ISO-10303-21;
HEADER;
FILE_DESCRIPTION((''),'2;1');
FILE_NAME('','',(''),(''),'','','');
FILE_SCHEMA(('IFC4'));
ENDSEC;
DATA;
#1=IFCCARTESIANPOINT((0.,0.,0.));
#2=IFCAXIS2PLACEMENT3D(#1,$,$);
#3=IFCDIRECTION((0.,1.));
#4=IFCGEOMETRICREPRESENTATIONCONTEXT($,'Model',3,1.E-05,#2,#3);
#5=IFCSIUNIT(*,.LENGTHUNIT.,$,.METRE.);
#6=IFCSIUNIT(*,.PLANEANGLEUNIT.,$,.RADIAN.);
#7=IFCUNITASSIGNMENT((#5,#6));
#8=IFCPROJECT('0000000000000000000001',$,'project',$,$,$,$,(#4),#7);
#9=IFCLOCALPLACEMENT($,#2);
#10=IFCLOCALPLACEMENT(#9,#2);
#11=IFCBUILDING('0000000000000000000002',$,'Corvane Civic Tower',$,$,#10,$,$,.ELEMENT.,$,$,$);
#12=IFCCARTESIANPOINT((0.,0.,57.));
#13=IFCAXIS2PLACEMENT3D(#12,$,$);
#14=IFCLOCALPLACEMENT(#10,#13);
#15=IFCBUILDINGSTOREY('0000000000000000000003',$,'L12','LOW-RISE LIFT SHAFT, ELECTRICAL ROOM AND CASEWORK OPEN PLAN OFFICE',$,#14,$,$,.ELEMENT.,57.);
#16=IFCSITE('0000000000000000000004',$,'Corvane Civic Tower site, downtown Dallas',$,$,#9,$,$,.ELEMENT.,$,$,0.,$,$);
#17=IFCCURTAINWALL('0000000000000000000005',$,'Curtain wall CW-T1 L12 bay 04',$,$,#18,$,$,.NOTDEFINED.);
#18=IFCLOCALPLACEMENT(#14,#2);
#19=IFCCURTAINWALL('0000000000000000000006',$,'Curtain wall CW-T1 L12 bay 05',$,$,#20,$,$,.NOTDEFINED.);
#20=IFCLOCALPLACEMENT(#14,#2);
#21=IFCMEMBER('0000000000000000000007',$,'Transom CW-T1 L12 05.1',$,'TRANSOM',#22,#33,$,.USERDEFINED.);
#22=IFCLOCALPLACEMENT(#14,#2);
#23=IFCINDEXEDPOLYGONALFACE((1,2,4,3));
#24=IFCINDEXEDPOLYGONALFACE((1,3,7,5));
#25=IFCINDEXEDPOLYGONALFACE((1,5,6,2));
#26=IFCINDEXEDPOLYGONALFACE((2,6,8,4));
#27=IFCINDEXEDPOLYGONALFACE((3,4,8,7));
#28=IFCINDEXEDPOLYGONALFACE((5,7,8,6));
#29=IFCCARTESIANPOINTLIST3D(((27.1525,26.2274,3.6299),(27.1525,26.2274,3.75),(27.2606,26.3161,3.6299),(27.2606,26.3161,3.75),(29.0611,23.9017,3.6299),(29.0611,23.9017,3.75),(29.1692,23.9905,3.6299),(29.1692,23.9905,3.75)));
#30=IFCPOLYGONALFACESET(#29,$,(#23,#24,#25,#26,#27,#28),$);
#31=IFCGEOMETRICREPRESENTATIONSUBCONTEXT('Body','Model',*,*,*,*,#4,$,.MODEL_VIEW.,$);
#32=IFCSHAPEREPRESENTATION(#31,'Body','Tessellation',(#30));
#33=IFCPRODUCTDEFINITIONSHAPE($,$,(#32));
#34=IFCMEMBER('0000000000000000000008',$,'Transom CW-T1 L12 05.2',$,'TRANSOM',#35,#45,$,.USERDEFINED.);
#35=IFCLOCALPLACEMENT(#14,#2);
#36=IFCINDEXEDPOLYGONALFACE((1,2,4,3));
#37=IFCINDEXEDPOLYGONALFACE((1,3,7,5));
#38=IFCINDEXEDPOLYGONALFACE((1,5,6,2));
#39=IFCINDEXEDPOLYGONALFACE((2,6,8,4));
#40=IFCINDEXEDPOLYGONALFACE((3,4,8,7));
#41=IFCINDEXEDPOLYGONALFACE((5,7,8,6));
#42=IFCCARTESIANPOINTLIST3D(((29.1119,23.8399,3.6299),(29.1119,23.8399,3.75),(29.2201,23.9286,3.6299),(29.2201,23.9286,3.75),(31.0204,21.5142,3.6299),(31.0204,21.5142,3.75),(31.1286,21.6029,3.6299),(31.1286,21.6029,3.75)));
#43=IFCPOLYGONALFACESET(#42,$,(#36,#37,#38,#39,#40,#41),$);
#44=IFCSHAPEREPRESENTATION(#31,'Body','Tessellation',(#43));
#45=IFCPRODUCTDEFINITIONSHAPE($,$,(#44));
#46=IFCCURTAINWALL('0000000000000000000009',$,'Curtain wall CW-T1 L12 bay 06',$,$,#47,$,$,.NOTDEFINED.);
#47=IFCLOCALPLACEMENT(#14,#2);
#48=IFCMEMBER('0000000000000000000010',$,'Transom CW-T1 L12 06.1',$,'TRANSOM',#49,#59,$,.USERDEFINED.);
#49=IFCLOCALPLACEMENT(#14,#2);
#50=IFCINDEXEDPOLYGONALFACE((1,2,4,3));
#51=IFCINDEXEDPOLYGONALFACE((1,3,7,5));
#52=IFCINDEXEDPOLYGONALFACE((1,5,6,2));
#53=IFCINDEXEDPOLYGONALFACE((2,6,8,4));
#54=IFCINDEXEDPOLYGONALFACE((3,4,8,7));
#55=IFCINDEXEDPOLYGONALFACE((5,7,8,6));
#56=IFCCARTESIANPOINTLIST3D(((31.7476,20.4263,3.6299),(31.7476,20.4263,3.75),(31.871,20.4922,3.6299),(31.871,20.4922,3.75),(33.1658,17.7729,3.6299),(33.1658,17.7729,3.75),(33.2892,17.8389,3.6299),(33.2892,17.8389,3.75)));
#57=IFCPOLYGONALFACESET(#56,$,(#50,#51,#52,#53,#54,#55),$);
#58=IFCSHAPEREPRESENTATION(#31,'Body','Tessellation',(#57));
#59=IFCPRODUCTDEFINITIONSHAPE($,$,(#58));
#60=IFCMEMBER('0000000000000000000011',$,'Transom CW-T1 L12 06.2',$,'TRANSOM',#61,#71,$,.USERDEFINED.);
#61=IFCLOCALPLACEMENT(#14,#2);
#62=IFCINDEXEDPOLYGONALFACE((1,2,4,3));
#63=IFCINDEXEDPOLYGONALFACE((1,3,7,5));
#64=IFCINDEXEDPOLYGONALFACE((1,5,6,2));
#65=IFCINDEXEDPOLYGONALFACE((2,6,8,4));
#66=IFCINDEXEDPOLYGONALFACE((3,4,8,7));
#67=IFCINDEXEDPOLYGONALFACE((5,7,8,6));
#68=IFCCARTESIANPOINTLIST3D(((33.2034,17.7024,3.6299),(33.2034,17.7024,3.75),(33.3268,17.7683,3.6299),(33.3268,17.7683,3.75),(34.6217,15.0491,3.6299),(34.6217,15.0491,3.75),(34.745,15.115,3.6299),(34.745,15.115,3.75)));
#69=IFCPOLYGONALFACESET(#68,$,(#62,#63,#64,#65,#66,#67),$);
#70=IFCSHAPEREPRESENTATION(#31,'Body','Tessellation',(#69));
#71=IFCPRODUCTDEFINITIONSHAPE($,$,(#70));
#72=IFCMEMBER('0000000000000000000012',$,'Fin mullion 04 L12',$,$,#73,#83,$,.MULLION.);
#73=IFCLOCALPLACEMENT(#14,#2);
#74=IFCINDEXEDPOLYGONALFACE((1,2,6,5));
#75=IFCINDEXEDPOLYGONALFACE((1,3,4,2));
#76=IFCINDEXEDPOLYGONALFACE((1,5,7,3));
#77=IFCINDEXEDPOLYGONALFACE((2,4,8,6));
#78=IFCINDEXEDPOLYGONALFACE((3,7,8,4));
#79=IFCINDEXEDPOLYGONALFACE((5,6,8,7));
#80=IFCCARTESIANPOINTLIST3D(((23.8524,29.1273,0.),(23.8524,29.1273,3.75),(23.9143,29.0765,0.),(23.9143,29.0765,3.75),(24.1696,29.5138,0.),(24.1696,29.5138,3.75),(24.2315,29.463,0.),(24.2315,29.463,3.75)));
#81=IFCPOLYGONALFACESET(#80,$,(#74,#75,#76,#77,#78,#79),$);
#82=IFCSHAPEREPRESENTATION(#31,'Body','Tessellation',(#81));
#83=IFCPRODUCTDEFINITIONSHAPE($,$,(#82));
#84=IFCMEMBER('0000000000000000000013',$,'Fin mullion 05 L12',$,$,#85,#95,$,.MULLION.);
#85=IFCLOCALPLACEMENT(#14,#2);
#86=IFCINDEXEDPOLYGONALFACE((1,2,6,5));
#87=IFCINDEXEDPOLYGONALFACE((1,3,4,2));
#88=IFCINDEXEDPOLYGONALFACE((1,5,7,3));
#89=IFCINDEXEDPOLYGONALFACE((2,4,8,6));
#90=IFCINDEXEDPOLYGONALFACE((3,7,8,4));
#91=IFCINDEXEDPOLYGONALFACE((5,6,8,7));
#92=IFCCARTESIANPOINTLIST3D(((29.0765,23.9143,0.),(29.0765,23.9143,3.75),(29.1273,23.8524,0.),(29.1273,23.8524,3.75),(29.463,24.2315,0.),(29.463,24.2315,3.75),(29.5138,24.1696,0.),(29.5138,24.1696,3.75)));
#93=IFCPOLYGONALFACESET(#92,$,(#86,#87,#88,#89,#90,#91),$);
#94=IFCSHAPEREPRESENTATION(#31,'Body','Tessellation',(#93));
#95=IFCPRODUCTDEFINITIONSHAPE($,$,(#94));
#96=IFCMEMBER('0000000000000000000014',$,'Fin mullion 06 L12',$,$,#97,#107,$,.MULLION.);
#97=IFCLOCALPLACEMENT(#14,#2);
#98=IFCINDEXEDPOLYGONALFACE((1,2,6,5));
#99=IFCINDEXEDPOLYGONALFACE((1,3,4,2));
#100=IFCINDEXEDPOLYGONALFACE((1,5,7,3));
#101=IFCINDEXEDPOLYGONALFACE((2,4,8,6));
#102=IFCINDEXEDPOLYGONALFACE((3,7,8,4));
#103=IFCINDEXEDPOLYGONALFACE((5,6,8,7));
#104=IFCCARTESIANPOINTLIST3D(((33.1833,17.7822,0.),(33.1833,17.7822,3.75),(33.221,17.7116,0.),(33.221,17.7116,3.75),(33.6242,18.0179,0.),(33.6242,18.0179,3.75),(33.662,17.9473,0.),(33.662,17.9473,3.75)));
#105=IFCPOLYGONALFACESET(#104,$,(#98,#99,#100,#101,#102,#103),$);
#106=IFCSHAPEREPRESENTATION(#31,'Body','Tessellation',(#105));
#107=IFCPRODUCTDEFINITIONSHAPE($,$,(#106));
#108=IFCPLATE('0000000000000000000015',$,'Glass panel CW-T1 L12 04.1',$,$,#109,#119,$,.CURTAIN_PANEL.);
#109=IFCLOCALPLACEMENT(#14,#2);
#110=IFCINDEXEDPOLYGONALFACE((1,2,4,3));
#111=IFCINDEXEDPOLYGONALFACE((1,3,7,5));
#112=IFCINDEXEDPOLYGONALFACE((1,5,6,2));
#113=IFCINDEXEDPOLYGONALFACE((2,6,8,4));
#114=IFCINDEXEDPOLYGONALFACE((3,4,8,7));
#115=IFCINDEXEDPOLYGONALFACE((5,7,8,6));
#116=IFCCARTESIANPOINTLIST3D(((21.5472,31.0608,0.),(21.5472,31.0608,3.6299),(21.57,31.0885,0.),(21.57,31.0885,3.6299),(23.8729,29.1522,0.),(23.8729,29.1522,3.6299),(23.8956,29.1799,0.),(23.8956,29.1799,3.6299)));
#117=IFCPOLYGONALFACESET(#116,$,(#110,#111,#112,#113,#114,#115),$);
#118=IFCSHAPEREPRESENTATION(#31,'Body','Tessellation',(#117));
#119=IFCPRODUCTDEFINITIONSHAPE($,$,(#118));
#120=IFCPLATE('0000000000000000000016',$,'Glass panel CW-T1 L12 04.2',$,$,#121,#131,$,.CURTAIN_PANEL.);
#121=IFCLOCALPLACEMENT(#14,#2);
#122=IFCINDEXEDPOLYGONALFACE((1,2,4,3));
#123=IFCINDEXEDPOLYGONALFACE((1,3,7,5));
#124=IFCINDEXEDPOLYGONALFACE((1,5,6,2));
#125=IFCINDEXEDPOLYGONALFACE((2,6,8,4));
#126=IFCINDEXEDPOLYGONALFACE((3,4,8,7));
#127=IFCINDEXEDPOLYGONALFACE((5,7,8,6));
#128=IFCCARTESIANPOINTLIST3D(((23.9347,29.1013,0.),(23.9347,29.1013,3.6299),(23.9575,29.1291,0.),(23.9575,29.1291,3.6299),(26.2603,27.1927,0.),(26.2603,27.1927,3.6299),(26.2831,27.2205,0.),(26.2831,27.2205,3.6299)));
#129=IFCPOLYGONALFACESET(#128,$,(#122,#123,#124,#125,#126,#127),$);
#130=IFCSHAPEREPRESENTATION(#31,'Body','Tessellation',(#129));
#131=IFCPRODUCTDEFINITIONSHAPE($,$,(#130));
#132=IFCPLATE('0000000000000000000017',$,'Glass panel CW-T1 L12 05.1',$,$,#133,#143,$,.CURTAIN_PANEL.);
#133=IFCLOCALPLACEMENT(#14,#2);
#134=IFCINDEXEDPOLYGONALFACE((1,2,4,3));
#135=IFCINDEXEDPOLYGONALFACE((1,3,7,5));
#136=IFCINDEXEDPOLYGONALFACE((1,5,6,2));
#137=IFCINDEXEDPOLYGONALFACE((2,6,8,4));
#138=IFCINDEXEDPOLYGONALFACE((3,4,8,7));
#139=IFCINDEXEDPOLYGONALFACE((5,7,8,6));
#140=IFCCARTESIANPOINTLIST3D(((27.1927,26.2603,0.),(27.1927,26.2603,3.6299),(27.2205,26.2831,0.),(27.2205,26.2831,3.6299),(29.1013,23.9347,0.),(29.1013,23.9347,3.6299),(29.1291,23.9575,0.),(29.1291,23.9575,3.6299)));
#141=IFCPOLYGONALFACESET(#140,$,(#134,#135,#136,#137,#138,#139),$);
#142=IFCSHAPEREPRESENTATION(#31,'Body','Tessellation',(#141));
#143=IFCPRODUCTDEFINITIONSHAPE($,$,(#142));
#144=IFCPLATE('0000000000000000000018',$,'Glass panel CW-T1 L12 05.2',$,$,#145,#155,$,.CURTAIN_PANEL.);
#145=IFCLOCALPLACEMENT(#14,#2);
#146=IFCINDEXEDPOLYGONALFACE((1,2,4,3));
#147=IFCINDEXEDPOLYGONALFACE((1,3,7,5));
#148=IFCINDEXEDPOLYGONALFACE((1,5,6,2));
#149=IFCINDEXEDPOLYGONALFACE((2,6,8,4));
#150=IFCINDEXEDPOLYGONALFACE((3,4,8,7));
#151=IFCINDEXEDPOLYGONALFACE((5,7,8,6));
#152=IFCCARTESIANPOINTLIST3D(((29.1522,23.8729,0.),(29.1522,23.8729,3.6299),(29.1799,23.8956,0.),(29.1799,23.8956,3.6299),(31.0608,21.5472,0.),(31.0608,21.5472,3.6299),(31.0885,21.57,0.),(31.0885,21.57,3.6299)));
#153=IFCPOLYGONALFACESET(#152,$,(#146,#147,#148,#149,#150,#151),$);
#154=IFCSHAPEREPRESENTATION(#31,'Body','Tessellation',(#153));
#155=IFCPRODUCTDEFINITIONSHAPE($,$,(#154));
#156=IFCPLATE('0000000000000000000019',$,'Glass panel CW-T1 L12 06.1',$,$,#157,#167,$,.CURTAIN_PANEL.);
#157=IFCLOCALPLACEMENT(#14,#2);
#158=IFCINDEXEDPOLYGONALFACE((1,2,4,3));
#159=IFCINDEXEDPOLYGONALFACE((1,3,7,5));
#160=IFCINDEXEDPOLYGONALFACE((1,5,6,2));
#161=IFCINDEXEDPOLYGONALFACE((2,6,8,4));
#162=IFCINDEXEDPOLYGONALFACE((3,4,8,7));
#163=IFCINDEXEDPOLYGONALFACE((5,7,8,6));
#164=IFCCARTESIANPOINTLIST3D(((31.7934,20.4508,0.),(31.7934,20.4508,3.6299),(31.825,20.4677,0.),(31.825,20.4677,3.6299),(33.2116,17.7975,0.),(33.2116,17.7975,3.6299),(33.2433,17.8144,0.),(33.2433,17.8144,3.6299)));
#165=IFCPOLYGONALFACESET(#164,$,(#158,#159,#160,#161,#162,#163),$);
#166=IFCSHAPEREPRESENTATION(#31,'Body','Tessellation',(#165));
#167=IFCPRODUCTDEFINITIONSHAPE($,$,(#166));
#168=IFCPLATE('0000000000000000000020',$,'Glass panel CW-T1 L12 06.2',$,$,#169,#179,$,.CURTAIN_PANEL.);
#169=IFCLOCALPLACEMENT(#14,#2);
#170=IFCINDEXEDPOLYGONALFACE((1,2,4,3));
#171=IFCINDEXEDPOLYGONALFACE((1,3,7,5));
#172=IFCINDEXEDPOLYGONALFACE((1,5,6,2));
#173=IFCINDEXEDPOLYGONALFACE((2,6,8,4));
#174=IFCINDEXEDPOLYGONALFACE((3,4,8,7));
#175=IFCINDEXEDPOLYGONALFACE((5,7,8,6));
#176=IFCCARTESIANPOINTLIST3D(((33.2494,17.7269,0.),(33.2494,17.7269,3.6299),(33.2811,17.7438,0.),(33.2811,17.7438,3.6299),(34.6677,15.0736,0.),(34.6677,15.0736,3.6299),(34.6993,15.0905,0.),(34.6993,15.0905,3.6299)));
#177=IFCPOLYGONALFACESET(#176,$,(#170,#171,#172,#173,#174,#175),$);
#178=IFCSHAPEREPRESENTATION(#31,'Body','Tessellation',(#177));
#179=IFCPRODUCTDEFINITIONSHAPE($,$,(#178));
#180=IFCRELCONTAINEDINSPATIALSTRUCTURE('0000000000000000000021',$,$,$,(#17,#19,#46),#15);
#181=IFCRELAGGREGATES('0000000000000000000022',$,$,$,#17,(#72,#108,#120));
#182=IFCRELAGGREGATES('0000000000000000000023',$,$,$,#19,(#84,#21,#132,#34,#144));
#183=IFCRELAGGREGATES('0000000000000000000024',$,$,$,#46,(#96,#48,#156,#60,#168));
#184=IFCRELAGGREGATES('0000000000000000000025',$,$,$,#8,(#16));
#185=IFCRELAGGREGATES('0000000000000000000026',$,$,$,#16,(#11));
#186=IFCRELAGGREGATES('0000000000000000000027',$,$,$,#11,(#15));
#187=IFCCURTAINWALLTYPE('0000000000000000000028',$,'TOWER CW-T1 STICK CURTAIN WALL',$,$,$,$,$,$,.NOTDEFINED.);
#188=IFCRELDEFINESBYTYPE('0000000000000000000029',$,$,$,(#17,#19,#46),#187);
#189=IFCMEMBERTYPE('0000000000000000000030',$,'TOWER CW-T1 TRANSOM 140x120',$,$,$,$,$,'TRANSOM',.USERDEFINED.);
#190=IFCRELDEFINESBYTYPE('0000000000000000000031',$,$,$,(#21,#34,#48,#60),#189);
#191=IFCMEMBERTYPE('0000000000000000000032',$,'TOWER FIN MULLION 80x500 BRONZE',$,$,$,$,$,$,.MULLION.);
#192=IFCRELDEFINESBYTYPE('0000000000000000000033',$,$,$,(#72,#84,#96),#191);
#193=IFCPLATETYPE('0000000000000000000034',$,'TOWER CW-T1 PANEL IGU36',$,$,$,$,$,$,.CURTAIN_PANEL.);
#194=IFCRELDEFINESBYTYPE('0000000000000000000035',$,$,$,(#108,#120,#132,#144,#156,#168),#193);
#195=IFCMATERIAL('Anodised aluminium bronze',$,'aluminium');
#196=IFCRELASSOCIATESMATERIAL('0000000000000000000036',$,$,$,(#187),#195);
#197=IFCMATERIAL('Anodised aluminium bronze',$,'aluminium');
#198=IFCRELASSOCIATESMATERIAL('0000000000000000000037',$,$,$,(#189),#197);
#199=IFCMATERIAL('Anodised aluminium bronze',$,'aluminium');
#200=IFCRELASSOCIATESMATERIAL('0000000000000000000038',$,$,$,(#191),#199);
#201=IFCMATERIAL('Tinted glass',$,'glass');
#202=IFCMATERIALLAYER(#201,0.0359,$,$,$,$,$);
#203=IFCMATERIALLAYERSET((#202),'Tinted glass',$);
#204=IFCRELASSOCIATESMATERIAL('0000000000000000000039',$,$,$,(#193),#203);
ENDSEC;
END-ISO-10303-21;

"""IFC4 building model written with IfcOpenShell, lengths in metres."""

from ifc_helpers import new_model, si_unit, direction, frame, origin, origin_2d, place, context, subcontext, project, spatial, rectangle, extrude, material, layer, layer_set, material_profile, profile_set, type_object, element, aggregate, save


model = new_model("IFC4")

# Units and contexts
model_context = context("Model", 3, precision=1e-05, world=origin(), true_north=direction((0.0, 1.0)))
body_context = subcontext(model_context, "Body", "Model", "MODEL_VIEW")
ifc_project = project(units=[si_unit("LENGTHUNIT", "METRE"), si_unit("PLANEANGLEUNIT", "RADIAN")], contexts=[model_context])

# Site, building, storey
site_placement = place(None, origin())
site = spatial("IfcSite", under=ifc_project, at=site_placement, Name="Corvane Civic Tower site, downtown Dallas", CompositionType="ELEMENT", RefElevation=0.0)
building_placement = place(site_placement, origin())
building = spatial("IfcBuilding", under=site, at=building_placement, Name="Corvane Civic Tower", CompositionType="ELEMENT")
storey_placement = place(building_placement, frame((0.0, 0.0, 57.0)))
storey = spatial("IfcBuildingStorey", under=building, at=storey_placement, Name="L12", Description="LOW-RISE LIFT SHAFT, ELECTRICAL ROOM AND CASEWORK OPEN PLAN OFFICE", CompositionType="ELEMENT", Elevation=57.0)

# Curtain walls, members
ifc_material_1 = material(Name="Anodised aluminium bronze", Category="aluminium")
curtain_wall_type = type_object("IfcCurtainWallType", Name="TOWER CW-T1 STICK CURTAIN WALL", PredefinedType="NOTDEFINED", material=ifc_material_1)
curtain_wall_1_placement = place(storey_placement, origin())
curtain_wall_1 = element("IfcCurtainWall", 1, at=curtain_wall_1_placement, inside=storey, type_object=curtain_wall_type, Name="Curtain wall CW-T1 L12 bay 04", PredefinedType="NOTDEFINED")
ifc_material_2 = material(Name="Anodised aluminium bronze", Category="aluminium")
ifc_material_profile_1 = material_profile(ifc_material_2, rectangle(XDim=0.1399, YDim=0.1201, at=origin_2d()), Name="TOWER CW-T1 TRANSOM 140x120")
ifc_profile_set_1 = profile_set([ifc_material_profile_1], Name="Anodised aluminium bronze")
member_type_1 = type_object("IfcMemberType", Name="TOWER CW-T1 TRANSOM 140x120", ElementType="TRANSOM", PredefinedType="USERDEFINED", material=ifc_profile_set_1)
curtain_wall_2_placement = place(storey_placement, origin())
curtain_wall_2 = element("IfcCurtainWall", 2, at=curtain_wall_2_placement, inside=storey, type_object=curtain_wall_type, Name="Curtain wall CW-T1 L12 bay 05", PredefinedType="NOTDEFINED")
member_1_placement = place(storey_placement, frame((27.2065, 26.2717, 3.6899), z_axis=(0.634404, -0.773002, 0.0), x_axis=(0.773002, 0.634404, 0.0)))
member_1 = element("IfcMember", 3, at=member_1_placement, type_object=member_type_1, Name="Transom CW-T1 L12 05.1", ObjectType="TRANSOM", PredefinedType="USERDEFINED", context=body_context, shape_type="SweptSolid", body=[
    extrude(rectangle(XDim=0.1399, YDim=0.1201, at=origin_2d()), origin(), (0.0, 0.0, 1.0), 3.0085),
])
member_2_placement = place(storey_placement, frame((29.166, 23.8843, 3.6899), z_axis=(0.634355, -0.773042, 0.0), x_axis=(0.773042, 0.634355, 0.0)))
member_2 = element("IfcMember", 4, at=member_2_placement, type_object=member_type_1, Name="Transom CW-T1 L12 05.2", ObjectType="TRANSOM", PredefinedType="USERDEFINED", context=body_context, shape_type="SweptSolid", body=[
    extrude(rectangle(XDim=0.1399, YDim=0.1201, at=origin_2d()), origin(), (0.0, 0.0, 1.0), 3.0085),
])
curtain_wall_3_placement = place(storey_placement, origin())
curtain_wall_3 = element("IfcCurtainWall", 5, at=curtain_wall_3_placement, inside=storey, type_object=curtain_wall_type, Name="Curtain wall CW-T1 L12 bay 06", PredefinedType="NOTDEFINED")
member_3_placement = place(storey_placement, frame((31.8093, 20.4592, 3.6899), z_axis=(0.471393, -0.881924, 0.0), x_axis=(0.881924, 0.471393, 0.0)))
member_3 = element("IfcMember", 6, at=member_3_placement, type_object=member_type_1, Name="Transom CW-T1 L12 06.1", ObjectType="TRANSOM", PredefinedType="USERDEFINED", context=body_context, shape_type="SweptSolid", body=[
    extrude(rectangle(XDim=0.1399, YDim=0.1201, at=origin_2d()), origin(), (0.0, 0.0, 1.0), 3.0085),
])
member_4_placement = place(storey_placement, frame((33.2651, 17.7354, 3.6899), z_axis=(0.471393, -0.881924, 0.0), x_axis=(0.881924, 0.471393, 0.0)))
member_4 = element("IfcMember", 7, at=member_4_placement, type_object=member_type_1, Name="Transom CW-T1 L12 06.2", ObjectType="TRANSOM", PredefinedType="USERDEFINED", context=body_context, shape_type="SweptSolid", body=[
    extrude(rectangle(XDim=0.1399, YDim=0.1201, at=origin_2d()), origin(), (0.0, 0.0, 1.0), 3.0085),
])

# Members
ifc_material_3 = material(Name="Anodised aluminium bronze", Category="aluminium")
ifc_material_profile_2 = material_profile(ifc_material_3, rectangle(XDim=0.0801, YDim=0.5, at=origin_2d()), Name="TOWER FIN MULLION 80x500 BRONZE")
ifc_profile_set_2 = profile_set([ifc_material_profile_2], Name="Anodised aluminium bronze")
member_type_2 = type_object("IfcMemberType", Name="TOWER FIN MULLION 80x500 BRONZE", PredefinedType="MULLION", material=ifc_profile_set_2)
member_5_placement = place(storey_placement, frame((24.042, 29.2952, 0.0), z_axis=(0.0, 0.0, 1.0), x_axis=(0.773007, -0.634397, 0.0)))
member_5 = element("IfcMember", 8, at=member_5_placement, type_object=member_type_2, Name="Fin mullion 04 L12", PredefinedType="MULLION", context=body_context, shape_type="SweptSolid", body=[
    extrude(rectangle(XDim=0.0801, YDim=0.5, at=origin_2d()), origin(), (0.0, 0.0, 1.0), 3.75),
])
member_6_placement = place(storey_placement, frame((29.2952, 24.042, 0.0), z_axis=(0.0, 0.0, 1.0), x_axis=(0.634397, -0.773007, 0.0)))
member_6 = element("IfcMember", 9, at=member_6_placement, type_object=member_type_2, Name="Fin mullion 05 L12", PredefinedType="MULLION", context=body_context, shape_type="SweptSolid", body=[
    extrude(rectangle(XDim=0.0801, YDim=0.5, at=origin_2d()), origin(), (0.0, 0.0, 1.0), 3.75),
])
member_7_placement = place(storey_placement, frame((33.4226, 17.8647, 0.0), z_axis=(0.0, 0.0, 1.0), x_axis=(0.471404, -0.881918, 0.0)))
member_7 = element("IfcMember", 10, at=member_7_placement, type_object=member_type_2, Name="Fin mullion 06 L12", PredefinedType="MULLION", context=body_context, shape_type="SweptSolid", body=[
    extrude(rectangle(XDim=0.0801, YDim=0.5, at=origin_2d()), origin(), (0.0, 0.0, 1.0), 3.75),
])

# Plates
ifc_material_4 = material(Name="Tinted glass", Category="glass")
ifc_layer_1 = layer(ifc_material_4, 0.0359)
ifc_layer_set_1 = layer_set([ifc_layer_1], Name="Tinted glass")
plate_type = type_object("IfcPlateType", Name="TOWER CW-T1 PANEL IGU36", PredefinedType="CURTAIN_PANEL", material=ifc_layer_set_1)
plate_1_placement = place(storey_placement, frame((22.7214, 30.1204, 0.0), z_axis=(0.0, 0.0, 1.0), x_axis=(0.773007, -0.634397, 0.0)))
plate_1 = element("IfcPlate", 11, at=plate_1_placement, type_object=plate_type, Name="Glass panel CW-T1 L12 04.1", PredefinedType="CURTAIN_PANEL", context=body_context, shape_type="SweptSolid", body=[
    extrude(rectangle(XDim=3.0085, YDim=0.0359, at=origin_2d()), origin(), (0.0, 0.0, 1.0), 3.6299),
])
plate_2_placement = place(storey_placement, frame((25.1089, 28.1609, 0.0), z_axis=(0.0, 0.0, 1.0), x_axis=(0.773007, -0.634397, 0.0)))
plate_2 = element("IfcPlate", 12, at=plate_2_placement, type_object=plate_type, Name="Glass panel CW-T1 L12 04.2", PredefinedType="CURTAIN_PANEL", context=body_context, shape_type="SweptSolid", body=[
    extrude(rectangle(XDim=3.0085, YDim=0.0359, at=origin_2d()), origin(), (0.0, 0.0, 1.0), 3.6299),
])
aggregate(curtain_wall_1, [member_5, plate_1, plate_2])
plate_3_placement = place(storey_placement, frame((28.1609, 25.1089, 0.0), z_axis=(0.0, 0.0, 1.0), x_axis=(0.634397, -0.773007, 0.0)))
plate_3 = element("IfcPlate", 13, at=plate_3_placement, type_object=plate_type, Name="Glass panel CW-T1 L12 05.1", PredefinedType="CURTAIN_PANEL", context=body_context, shape_type="SweptSolid", body=[
    extrude(rectangle(XDim=3.0085, YDim=0.0359, at=origin_2d()), origin(), (0.0, 0.0, 1.0), 3.6299),
])
plate_4_placement = place(storey_placement, frame((30.1204, 22.7214, 0.0), z_axis=(0.0, 0.0, 1.0), x_axis=(0.634397, -0.773007, 0.0)))
plate_4 = element("IfcPlate", 14, at=plate_4_placement, type_object=plate_type, Name="Glass panel CW-T1 L12 05.2", PredefinedType="CURTAIN_PANEL", context=body_context, shape_type="SweptSolid", body=[
    extrude(rectangle(XDim=3.0085, YDim=0.0359, at=origin_2d()), origin(), (0.0, 0.0, 1.0), 3.6299),
])
aggregate(curtain_wall_2, [member_6, member_1, plate_3, member_2, plate_4])
plate_5_placement = place(storey_placement, frame((32.5183, 19.1326, 0.0), z_axis=(0.0, 0.0, 1.0), x_axis=(0.471404, -0.881918, 0.0)))
plate_5 = element("IfcPlate", 15, at=plate_5_placement, type_object=plate_type, Name="Glass panel CW-T1 L12 06.1", PredefinedType="CURTAIN_PANEL", context=body_context, shape_type="SweptSolid", body=[
    extrude(rectangle(XDim=3.0085, YDim=0.0359, at=origin_2d()), origin(), (0.0, 0.0, 1.0), 3.6299),
])
plate_6_placement = place(storey_placement, frame((33.9744, 16.4087, 0.0), z_axis=(0.0, 0.0, 1.0), x_axis=(0.471404, -0.881918, 0.0)))
plate_6 = element("IfcPlate", 16, at=plate_6_placement, type_object=plate_type, Name="Glass panel CW-T1 L12 06.2", PredefinedType="CURTAIN_PANEL", context=body_context, shape_type="SweptSolid", body=[
    extrude(rectangle(XDim=3.0085, YDim=0.0359, at=origin_2d()), origin(), (0.0, 0.0, 1.0), 3.6299),
])
aggregate(curtain_wall_3, [member_7, member_3, plate_5, member_4, plate_6])

save(model, "model.ifc")
